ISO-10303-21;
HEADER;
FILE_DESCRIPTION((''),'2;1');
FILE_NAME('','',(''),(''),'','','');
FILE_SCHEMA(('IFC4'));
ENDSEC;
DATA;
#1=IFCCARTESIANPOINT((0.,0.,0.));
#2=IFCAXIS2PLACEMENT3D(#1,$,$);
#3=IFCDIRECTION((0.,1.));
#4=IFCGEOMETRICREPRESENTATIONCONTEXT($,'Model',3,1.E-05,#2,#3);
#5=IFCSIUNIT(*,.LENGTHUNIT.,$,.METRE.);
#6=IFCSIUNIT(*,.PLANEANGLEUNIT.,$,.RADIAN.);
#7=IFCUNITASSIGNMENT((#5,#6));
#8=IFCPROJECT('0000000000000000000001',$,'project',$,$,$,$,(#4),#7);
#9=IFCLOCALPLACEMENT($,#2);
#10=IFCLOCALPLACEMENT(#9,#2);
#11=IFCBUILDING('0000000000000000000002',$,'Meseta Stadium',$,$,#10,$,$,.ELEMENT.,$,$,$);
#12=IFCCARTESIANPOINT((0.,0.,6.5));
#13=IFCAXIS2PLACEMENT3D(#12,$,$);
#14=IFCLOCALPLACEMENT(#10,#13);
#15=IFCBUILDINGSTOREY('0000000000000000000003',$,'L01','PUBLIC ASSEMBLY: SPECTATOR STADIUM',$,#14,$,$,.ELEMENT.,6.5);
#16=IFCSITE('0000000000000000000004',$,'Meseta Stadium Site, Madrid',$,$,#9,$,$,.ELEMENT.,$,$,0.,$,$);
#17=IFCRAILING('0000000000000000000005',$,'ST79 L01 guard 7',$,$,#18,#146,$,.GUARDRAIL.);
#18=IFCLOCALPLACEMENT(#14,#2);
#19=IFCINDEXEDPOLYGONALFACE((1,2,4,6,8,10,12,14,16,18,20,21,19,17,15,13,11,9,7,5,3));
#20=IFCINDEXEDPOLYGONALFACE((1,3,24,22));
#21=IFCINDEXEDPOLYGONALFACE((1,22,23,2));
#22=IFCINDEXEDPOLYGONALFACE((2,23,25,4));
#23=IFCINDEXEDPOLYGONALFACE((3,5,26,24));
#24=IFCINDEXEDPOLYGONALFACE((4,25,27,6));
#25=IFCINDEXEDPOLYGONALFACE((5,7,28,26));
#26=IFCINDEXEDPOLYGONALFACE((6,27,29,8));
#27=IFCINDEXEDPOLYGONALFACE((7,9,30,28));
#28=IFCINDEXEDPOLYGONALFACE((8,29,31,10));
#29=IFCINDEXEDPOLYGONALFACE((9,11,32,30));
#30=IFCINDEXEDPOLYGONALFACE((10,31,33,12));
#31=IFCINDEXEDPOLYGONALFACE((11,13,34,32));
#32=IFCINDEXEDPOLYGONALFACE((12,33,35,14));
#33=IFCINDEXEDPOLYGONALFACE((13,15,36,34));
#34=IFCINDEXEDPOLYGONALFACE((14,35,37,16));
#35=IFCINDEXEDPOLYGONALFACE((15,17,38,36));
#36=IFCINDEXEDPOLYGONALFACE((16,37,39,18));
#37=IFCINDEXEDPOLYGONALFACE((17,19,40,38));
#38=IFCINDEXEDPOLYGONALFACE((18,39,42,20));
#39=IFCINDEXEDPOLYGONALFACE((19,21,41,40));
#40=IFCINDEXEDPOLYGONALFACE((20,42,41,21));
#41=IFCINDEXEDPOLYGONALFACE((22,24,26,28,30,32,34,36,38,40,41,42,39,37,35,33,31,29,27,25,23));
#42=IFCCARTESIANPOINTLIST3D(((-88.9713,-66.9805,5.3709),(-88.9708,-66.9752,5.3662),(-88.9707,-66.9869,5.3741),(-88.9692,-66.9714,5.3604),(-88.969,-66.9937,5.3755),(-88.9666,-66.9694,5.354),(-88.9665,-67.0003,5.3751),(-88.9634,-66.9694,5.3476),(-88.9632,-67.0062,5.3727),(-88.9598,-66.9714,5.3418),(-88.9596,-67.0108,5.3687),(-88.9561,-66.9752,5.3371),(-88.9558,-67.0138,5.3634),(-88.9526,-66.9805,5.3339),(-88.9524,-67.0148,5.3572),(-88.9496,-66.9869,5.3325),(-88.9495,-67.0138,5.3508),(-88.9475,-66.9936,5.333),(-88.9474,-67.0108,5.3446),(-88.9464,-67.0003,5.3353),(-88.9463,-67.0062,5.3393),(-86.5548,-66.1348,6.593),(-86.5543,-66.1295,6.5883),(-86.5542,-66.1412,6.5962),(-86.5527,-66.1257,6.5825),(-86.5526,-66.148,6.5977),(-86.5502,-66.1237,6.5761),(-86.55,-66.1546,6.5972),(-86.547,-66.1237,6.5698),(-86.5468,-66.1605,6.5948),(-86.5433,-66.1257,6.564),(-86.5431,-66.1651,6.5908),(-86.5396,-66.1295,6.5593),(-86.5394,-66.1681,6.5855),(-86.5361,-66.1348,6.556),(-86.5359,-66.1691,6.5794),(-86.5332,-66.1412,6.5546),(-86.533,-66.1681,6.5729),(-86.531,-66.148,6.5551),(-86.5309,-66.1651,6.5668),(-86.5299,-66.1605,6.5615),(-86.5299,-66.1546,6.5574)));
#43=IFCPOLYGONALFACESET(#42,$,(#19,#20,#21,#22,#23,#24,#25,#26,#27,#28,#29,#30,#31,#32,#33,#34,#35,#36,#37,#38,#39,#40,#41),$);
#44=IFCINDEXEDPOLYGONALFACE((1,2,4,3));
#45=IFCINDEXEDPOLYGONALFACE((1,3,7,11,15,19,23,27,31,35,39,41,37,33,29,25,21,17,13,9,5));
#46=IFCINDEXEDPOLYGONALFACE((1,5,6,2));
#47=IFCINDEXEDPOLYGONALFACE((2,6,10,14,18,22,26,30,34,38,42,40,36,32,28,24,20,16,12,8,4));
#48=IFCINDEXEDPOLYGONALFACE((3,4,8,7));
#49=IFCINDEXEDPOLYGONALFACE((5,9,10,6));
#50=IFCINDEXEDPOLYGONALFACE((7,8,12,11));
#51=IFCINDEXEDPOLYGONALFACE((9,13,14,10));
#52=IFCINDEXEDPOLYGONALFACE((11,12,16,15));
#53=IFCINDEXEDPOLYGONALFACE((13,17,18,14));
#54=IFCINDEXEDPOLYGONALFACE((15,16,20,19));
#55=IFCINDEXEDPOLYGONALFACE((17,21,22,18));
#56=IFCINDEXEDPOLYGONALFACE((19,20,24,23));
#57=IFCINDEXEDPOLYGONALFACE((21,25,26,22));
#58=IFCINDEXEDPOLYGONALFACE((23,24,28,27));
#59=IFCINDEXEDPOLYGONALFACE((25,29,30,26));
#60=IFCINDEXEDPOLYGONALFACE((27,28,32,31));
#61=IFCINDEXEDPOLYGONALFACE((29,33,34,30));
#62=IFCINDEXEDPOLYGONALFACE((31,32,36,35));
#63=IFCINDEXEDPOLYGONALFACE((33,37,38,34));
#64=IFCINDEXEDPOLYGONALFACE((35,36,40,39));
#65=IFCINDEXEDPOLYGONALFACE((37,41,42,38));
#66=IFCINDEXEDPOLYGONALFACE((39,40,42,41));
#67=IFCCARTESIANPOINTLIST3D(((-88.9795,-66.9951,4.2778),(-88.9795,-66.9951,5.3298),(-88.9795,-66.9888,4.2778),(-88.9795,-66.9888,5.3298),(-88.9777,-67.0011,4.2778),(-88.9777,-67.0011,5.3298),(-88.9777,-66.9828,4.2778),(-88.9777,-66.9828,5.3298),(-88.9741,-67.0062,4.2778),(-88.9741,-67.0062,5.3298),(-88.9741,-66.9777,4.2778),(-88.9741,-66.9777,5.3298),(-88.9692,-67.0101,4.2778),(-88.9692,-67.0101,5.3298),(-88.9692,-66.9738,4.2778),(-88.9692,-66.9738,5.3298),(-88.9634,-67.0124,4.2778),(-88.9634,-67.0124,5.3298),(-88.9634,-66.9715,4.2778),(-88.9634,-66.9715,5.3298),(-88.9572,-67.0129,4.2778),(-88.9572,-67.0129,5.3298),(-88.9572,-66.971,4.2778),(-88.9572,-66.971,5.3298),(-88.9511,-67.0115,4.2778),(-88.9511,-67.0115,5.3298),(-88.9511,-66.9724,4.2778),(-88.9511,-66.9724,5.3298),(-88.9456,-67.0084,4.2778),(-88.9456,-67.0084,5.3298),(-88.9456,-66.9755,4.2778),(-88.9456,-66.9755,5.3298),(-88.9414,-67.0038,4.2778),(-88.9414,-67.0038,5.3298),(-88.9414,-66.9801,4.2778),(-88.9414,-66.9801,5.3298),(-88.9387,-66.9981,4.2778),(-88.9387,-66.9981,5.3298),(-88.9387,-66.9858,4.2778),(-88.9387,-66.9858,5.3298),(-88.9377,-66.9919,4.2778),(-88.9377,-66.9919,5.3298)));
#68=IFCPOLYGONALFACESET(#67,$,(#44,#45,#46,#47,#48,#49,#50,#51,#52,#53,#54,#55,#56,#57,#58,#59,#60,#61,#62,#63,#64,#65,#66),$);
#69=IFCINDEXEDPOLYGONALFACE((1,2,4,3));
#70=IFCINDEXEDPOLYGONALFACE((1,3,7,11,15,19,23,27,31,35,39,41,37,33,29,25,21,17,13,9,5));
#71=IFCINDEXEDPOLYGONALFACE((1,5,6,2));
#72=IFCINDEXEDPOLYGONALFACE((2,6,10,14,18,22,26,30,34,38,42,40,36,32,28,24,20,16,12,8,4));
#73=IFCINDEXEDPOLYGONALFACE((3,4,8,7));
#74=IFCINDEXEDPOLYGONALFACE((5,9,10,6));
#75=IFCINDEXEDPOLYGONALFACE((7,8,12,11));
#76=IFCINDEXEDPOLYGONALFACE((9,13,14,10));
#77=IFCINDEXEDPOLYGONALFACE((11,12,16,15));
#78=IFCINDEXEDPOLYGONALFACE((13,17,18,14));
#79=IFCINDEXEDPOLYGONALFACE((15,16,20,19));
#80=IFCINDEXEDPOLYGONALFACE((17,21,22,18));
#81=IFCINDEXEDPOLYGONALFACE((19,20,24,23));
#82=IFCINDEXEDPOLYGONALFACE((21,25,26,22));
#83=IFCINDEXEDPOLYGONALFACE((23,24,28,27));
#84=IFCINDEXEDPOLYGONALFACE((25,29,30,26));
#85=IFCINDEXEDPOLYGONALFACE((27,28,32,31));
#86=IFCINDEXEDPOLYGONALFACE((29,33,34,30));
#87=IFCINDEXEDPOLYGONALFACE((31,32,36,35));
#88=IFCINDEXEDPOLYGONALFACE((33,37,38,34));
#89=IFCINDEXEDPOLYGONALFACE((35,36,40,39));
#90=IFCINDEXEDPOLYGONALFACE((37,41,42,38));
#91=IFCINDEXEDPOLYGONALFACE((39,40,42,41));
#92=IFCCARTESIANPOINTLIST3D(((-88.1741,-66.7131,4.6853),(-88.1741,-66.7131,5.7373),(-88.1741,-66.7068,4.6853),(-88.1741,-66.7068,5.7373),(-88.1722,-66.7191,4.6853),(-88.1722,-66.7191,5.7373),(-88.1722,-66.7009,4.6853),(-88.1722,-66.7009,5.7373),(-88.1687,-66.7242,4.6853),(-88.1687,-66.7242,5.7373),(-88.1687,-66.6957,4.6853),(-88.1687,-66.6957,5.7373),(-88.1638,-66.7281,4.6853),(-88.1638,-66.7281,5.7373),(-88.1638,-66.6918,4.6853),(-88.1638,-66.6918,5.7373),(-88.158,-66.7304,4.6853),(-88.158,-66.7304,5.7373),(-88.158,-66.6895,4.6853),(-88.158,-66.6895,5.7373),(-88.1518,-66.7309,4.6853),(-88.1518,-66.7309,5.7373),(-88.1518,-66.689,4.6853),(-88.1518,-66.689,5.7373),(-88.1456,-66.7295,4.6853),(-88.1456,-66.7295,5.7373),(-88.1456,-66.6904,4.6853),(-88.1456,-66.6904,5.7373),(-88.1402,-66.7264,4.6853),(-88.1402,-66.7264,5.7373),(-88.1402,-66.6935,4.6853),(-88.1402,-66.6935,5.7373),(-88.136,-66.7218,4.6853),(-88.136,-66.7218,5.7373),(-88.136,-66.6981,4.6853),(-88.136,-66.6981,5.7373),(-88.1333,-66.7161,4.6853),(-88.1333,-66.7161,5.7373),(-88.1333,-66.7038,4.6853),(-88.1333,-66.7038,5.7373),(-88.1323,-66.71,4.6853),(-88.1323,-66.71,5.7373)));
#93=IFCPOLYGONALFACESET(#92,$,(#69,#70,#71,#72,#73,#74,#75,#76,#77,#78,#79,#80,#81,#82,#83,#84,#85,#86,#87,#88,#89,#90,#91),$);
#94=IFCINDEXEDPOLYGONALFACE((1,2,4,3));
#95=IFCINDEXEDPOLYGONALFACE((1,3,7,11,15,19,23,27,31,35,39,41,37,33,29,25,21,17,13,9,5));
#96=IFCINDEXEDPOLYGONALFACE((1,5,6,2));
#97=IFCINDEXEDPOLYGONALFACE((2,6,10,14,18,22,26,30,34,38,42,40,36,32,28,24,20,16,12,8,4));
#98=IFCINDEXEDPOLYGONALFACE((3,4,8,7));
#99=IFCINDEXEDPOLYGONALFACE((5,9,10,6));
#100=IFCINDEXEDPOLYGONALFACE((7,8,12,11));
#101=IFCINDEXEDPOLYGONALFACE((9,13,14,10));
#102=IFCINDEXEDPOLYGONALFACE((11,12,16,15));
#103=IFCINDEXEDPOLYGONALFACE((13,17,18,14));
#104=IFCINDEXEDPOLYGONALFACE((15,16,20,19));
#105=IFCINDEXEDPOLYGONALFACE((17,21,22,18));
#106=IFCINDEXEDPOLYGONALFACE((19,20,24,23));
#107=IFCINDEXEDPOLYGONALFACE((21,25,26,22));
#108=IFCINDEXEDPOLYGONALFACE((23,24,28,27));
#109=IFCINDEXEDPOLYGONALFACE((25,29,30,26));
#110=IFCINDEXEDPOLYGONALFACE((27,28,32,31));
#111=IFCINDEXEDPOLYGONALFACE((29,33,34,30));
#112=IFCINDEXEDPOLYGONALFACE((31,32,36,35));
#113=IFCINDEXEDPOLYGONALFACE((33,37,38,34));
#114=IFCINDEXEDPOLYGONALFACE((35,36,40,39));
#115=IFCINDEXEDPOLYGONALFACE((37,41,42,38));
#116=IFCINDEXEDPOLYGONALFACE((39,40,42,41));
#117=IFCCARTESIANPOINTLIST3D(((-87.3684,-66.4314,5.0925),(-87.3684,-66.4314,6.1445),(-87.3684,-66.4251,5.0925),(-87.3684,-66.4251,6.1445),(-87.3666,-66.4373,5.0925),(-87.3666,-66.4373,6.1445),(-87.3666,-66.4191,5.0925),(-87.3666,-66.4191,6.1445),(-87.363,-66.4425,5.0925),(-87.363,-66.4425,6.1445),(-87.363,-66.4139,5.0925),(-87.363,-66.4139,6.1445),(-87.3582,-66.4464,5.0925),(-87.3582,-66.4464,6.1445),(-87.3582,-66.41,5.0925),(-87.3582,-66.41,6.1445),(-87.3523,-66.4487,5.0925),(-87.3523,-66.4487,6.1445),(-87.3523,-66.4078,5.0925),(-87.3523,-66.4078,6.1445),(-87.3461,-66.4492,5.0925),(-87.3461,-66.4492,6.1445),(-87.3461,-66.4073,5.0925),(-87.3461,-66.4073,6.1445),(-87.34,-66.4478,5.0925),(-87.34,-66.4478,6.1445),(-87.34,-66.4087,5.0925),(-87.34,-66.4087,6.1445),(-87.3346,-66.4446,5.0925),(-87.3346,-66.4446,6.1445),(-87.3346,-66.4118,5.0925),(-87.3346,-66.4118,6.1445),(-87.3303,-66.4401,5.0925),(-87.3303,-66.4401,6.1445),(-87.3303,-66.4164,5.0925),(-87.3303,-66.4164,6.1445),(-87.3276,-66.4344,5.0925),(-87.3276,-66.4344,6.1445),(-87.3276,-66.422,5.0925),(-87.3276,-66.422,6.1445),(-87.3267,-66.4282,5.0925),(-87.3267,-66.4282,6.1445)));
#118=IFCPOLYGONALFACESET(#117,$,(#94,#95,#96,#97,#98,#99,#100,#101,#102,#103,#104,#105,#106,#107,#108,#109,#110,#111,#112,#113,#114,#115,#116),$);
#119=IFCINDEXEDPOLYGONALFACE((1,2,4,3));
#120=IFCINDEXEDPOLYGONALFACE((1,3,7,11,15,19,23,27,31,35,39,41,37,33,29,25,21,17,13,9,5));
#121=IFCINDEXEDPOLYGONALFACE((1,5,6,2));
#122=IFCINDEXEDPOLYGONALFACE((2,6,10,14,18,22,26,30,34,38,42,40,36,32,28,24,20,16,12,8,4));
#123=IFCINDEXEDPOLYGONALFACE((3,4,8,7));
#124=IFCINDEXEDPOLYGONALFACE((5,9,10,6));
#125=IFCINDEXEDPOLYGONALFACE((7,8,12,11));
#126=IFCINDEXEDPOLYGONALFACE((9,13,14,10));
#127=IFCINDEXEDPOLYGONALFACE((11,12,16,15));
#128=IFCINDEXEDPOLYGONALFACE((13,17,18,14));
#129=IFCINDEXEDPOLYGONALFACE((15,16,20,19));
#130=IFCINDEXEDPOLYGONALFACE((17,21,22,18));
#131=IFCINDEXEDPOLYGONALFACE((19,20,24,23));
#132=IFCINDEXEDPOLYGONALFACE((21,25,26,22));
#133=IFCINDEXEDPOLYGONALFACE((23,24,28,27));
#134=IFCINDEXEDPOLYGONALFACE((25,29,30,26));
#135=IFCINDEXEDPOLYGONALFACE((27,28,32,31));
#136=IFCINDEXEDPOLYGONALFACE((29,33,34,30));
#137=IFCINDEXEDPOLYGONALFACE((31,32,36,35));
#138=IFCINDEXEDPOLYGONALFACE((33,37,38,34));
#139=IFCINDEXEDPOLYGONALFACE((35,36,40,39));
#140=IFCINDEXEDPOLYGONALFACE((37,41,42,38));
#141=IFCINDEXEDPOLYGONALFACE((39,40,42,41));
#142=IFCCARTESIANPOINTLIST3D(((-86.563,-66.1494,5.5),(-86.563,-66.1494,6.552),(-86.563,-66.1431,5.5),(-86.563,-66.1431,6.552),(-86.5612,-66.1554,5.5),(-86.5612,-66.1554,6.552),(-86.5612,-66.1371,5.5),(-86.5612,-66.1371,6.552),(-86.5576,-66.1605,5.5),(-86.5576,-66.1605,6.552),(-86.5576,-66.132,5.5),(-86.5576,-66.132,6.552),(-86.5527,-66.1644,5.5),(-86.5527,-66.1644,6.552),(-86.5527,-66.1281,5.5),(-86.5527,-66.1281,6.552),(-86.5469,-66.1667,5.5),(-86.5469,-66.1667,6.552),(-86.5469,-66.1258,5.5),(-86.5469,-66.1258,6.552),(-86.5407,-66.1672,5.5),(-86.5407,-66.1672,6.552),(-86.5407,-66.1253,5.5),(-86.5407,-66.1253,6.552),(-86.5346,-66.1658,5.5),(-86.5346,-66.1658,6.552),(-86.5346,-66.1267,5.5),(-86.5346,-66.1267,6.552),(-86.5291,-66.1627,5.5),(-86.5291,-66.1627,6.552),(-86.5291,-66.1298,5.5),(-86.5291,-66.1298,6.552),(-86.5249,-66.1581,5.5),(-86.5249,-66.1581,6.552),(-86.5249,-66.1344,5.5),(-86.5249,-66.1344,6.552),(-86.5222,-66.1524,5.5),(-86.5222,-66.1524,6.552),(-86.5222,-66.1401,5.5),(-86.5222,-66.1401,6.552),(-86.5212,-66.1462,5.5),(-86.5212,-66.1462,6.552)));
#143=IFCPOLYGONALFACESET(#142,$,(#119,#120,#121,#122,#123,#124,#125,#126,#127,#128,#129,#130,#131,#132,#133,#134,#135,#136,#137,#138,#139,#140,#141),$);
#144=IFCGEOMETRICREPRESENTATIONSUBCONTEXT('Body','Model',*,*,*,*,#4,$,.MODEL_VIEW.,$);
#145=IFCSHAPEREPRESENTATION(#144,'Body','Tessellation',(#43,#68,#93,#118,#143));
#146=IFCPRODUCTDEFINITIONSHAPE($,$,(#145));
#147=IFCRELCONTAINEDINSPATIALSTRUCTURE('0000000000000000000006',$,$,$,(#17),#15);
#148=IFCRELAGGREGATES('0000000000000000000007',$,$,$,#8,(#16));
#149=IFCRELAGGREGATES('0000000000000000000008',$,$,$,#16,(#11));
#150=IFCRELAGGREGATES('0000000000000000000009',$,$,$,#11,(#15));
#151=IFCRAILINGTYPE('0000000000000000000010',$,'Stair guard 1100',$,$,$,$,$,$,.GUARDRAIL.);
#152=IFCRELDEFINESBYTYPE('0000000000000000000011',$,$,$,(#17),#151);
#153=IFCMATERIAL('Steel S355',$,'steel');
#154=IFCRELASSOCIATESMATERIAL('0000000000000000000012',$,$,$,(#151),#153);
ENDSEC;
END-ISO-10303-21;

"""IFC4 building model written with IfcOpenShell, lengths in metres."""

from ifc_helpers import new_model, si_unit, direction, frame, origin, origin_2d, place, context, subcontext, project, spatial, circle, extrude, material, type_object, element, save


model = new_model("IFC4")

# Units and contexts
model_context = context("Model", 3, precision=1e-05, world=origin(), true_north=direction((0.0, 1.0)))
body_context = subcontext(model_context, "Body", "Model", "MODEL_VIEW")
ifc_project = project(units=[si_unit("LENGTHUNIT", "METRE"), si_unit("PLANEANGLEUNIT", "RADIAN")], contexts=[model_context])

# Site, building, storey
site_placement = place(None, origin())
site = spatial("IfcSite", under=ifc_project, at=site_placement, Name="Meseta Stadium Site, Madrid", CompositionType="ELEMENT", RefElevation=0.0)
building_placement = place(site_placement, origin())
building = spatial("IfcBuilding", under=site, at=building_placement, Name="Meseta Stadium", CompositionType="ELEMENT")
storey_placement = place(building_placement, frame((0.0, 0.0, 6.5)))
storey = spatial("IfcBuildingStorey", under=building, at=storey_placement, Name="L01", Description="PUBLIC ASSEMBLY: SPECTATOR STADIUM", CompositionType="ELEMENT", Elevation=6.5)

# Railing
ifc_material_1 = material(Name="Steel S355", Category="steel")
railing_type_1 = type_object("IfcRailingType", Name="Stair guard 1100", PredefinedType="GUARDRAIL", material=ifc_material_1)
railing_1_placement = place(storey_placement, frame((-88.9587, -66.9919, 4.2778)))
element("IfcRailing", 1, at=railing_1_placement, inside=storey, type_object=railing_type_1, Name="ST79 L01 guard 7", PredefinedType="GUARDRAIL", context=body_context, shape_type="SweptSolid", body=[
    extrude(circle(Radius=0.0239, at=origin_2d()), frame((0.0, 0.0, 1.0762), z_axis=(0.85179, 0.298101, 0.4308), x_axis=(-0.330325, 0.943867, 0.0)), (0.0, 0.0, 1.0), 2.8369),
    extrude(circle(Radius=0.021, at=origin_2d()), origin(), (0.0, 0.0, 1.0), 1.052),
    extrude(circle(Radius=0.021, at=origin_2d()), frame((0.8054, 0.282, 0.4075)), (0.0, 0.0, 1.0), 1.052),
    extrude(circle(Radius=0.021, at=origin_2d()), frame((1.6111, 0.5637, 0.8147)), (0.0, 0.0, 1.0), 1.052),
    extrude(circle(Radius=0.021, at=origin_2d()), frame((2.4165, 0.8457, 1.2222)), (0.0, 0.0, 1.0), 1.052),
])

save(model, "model.ifc")
